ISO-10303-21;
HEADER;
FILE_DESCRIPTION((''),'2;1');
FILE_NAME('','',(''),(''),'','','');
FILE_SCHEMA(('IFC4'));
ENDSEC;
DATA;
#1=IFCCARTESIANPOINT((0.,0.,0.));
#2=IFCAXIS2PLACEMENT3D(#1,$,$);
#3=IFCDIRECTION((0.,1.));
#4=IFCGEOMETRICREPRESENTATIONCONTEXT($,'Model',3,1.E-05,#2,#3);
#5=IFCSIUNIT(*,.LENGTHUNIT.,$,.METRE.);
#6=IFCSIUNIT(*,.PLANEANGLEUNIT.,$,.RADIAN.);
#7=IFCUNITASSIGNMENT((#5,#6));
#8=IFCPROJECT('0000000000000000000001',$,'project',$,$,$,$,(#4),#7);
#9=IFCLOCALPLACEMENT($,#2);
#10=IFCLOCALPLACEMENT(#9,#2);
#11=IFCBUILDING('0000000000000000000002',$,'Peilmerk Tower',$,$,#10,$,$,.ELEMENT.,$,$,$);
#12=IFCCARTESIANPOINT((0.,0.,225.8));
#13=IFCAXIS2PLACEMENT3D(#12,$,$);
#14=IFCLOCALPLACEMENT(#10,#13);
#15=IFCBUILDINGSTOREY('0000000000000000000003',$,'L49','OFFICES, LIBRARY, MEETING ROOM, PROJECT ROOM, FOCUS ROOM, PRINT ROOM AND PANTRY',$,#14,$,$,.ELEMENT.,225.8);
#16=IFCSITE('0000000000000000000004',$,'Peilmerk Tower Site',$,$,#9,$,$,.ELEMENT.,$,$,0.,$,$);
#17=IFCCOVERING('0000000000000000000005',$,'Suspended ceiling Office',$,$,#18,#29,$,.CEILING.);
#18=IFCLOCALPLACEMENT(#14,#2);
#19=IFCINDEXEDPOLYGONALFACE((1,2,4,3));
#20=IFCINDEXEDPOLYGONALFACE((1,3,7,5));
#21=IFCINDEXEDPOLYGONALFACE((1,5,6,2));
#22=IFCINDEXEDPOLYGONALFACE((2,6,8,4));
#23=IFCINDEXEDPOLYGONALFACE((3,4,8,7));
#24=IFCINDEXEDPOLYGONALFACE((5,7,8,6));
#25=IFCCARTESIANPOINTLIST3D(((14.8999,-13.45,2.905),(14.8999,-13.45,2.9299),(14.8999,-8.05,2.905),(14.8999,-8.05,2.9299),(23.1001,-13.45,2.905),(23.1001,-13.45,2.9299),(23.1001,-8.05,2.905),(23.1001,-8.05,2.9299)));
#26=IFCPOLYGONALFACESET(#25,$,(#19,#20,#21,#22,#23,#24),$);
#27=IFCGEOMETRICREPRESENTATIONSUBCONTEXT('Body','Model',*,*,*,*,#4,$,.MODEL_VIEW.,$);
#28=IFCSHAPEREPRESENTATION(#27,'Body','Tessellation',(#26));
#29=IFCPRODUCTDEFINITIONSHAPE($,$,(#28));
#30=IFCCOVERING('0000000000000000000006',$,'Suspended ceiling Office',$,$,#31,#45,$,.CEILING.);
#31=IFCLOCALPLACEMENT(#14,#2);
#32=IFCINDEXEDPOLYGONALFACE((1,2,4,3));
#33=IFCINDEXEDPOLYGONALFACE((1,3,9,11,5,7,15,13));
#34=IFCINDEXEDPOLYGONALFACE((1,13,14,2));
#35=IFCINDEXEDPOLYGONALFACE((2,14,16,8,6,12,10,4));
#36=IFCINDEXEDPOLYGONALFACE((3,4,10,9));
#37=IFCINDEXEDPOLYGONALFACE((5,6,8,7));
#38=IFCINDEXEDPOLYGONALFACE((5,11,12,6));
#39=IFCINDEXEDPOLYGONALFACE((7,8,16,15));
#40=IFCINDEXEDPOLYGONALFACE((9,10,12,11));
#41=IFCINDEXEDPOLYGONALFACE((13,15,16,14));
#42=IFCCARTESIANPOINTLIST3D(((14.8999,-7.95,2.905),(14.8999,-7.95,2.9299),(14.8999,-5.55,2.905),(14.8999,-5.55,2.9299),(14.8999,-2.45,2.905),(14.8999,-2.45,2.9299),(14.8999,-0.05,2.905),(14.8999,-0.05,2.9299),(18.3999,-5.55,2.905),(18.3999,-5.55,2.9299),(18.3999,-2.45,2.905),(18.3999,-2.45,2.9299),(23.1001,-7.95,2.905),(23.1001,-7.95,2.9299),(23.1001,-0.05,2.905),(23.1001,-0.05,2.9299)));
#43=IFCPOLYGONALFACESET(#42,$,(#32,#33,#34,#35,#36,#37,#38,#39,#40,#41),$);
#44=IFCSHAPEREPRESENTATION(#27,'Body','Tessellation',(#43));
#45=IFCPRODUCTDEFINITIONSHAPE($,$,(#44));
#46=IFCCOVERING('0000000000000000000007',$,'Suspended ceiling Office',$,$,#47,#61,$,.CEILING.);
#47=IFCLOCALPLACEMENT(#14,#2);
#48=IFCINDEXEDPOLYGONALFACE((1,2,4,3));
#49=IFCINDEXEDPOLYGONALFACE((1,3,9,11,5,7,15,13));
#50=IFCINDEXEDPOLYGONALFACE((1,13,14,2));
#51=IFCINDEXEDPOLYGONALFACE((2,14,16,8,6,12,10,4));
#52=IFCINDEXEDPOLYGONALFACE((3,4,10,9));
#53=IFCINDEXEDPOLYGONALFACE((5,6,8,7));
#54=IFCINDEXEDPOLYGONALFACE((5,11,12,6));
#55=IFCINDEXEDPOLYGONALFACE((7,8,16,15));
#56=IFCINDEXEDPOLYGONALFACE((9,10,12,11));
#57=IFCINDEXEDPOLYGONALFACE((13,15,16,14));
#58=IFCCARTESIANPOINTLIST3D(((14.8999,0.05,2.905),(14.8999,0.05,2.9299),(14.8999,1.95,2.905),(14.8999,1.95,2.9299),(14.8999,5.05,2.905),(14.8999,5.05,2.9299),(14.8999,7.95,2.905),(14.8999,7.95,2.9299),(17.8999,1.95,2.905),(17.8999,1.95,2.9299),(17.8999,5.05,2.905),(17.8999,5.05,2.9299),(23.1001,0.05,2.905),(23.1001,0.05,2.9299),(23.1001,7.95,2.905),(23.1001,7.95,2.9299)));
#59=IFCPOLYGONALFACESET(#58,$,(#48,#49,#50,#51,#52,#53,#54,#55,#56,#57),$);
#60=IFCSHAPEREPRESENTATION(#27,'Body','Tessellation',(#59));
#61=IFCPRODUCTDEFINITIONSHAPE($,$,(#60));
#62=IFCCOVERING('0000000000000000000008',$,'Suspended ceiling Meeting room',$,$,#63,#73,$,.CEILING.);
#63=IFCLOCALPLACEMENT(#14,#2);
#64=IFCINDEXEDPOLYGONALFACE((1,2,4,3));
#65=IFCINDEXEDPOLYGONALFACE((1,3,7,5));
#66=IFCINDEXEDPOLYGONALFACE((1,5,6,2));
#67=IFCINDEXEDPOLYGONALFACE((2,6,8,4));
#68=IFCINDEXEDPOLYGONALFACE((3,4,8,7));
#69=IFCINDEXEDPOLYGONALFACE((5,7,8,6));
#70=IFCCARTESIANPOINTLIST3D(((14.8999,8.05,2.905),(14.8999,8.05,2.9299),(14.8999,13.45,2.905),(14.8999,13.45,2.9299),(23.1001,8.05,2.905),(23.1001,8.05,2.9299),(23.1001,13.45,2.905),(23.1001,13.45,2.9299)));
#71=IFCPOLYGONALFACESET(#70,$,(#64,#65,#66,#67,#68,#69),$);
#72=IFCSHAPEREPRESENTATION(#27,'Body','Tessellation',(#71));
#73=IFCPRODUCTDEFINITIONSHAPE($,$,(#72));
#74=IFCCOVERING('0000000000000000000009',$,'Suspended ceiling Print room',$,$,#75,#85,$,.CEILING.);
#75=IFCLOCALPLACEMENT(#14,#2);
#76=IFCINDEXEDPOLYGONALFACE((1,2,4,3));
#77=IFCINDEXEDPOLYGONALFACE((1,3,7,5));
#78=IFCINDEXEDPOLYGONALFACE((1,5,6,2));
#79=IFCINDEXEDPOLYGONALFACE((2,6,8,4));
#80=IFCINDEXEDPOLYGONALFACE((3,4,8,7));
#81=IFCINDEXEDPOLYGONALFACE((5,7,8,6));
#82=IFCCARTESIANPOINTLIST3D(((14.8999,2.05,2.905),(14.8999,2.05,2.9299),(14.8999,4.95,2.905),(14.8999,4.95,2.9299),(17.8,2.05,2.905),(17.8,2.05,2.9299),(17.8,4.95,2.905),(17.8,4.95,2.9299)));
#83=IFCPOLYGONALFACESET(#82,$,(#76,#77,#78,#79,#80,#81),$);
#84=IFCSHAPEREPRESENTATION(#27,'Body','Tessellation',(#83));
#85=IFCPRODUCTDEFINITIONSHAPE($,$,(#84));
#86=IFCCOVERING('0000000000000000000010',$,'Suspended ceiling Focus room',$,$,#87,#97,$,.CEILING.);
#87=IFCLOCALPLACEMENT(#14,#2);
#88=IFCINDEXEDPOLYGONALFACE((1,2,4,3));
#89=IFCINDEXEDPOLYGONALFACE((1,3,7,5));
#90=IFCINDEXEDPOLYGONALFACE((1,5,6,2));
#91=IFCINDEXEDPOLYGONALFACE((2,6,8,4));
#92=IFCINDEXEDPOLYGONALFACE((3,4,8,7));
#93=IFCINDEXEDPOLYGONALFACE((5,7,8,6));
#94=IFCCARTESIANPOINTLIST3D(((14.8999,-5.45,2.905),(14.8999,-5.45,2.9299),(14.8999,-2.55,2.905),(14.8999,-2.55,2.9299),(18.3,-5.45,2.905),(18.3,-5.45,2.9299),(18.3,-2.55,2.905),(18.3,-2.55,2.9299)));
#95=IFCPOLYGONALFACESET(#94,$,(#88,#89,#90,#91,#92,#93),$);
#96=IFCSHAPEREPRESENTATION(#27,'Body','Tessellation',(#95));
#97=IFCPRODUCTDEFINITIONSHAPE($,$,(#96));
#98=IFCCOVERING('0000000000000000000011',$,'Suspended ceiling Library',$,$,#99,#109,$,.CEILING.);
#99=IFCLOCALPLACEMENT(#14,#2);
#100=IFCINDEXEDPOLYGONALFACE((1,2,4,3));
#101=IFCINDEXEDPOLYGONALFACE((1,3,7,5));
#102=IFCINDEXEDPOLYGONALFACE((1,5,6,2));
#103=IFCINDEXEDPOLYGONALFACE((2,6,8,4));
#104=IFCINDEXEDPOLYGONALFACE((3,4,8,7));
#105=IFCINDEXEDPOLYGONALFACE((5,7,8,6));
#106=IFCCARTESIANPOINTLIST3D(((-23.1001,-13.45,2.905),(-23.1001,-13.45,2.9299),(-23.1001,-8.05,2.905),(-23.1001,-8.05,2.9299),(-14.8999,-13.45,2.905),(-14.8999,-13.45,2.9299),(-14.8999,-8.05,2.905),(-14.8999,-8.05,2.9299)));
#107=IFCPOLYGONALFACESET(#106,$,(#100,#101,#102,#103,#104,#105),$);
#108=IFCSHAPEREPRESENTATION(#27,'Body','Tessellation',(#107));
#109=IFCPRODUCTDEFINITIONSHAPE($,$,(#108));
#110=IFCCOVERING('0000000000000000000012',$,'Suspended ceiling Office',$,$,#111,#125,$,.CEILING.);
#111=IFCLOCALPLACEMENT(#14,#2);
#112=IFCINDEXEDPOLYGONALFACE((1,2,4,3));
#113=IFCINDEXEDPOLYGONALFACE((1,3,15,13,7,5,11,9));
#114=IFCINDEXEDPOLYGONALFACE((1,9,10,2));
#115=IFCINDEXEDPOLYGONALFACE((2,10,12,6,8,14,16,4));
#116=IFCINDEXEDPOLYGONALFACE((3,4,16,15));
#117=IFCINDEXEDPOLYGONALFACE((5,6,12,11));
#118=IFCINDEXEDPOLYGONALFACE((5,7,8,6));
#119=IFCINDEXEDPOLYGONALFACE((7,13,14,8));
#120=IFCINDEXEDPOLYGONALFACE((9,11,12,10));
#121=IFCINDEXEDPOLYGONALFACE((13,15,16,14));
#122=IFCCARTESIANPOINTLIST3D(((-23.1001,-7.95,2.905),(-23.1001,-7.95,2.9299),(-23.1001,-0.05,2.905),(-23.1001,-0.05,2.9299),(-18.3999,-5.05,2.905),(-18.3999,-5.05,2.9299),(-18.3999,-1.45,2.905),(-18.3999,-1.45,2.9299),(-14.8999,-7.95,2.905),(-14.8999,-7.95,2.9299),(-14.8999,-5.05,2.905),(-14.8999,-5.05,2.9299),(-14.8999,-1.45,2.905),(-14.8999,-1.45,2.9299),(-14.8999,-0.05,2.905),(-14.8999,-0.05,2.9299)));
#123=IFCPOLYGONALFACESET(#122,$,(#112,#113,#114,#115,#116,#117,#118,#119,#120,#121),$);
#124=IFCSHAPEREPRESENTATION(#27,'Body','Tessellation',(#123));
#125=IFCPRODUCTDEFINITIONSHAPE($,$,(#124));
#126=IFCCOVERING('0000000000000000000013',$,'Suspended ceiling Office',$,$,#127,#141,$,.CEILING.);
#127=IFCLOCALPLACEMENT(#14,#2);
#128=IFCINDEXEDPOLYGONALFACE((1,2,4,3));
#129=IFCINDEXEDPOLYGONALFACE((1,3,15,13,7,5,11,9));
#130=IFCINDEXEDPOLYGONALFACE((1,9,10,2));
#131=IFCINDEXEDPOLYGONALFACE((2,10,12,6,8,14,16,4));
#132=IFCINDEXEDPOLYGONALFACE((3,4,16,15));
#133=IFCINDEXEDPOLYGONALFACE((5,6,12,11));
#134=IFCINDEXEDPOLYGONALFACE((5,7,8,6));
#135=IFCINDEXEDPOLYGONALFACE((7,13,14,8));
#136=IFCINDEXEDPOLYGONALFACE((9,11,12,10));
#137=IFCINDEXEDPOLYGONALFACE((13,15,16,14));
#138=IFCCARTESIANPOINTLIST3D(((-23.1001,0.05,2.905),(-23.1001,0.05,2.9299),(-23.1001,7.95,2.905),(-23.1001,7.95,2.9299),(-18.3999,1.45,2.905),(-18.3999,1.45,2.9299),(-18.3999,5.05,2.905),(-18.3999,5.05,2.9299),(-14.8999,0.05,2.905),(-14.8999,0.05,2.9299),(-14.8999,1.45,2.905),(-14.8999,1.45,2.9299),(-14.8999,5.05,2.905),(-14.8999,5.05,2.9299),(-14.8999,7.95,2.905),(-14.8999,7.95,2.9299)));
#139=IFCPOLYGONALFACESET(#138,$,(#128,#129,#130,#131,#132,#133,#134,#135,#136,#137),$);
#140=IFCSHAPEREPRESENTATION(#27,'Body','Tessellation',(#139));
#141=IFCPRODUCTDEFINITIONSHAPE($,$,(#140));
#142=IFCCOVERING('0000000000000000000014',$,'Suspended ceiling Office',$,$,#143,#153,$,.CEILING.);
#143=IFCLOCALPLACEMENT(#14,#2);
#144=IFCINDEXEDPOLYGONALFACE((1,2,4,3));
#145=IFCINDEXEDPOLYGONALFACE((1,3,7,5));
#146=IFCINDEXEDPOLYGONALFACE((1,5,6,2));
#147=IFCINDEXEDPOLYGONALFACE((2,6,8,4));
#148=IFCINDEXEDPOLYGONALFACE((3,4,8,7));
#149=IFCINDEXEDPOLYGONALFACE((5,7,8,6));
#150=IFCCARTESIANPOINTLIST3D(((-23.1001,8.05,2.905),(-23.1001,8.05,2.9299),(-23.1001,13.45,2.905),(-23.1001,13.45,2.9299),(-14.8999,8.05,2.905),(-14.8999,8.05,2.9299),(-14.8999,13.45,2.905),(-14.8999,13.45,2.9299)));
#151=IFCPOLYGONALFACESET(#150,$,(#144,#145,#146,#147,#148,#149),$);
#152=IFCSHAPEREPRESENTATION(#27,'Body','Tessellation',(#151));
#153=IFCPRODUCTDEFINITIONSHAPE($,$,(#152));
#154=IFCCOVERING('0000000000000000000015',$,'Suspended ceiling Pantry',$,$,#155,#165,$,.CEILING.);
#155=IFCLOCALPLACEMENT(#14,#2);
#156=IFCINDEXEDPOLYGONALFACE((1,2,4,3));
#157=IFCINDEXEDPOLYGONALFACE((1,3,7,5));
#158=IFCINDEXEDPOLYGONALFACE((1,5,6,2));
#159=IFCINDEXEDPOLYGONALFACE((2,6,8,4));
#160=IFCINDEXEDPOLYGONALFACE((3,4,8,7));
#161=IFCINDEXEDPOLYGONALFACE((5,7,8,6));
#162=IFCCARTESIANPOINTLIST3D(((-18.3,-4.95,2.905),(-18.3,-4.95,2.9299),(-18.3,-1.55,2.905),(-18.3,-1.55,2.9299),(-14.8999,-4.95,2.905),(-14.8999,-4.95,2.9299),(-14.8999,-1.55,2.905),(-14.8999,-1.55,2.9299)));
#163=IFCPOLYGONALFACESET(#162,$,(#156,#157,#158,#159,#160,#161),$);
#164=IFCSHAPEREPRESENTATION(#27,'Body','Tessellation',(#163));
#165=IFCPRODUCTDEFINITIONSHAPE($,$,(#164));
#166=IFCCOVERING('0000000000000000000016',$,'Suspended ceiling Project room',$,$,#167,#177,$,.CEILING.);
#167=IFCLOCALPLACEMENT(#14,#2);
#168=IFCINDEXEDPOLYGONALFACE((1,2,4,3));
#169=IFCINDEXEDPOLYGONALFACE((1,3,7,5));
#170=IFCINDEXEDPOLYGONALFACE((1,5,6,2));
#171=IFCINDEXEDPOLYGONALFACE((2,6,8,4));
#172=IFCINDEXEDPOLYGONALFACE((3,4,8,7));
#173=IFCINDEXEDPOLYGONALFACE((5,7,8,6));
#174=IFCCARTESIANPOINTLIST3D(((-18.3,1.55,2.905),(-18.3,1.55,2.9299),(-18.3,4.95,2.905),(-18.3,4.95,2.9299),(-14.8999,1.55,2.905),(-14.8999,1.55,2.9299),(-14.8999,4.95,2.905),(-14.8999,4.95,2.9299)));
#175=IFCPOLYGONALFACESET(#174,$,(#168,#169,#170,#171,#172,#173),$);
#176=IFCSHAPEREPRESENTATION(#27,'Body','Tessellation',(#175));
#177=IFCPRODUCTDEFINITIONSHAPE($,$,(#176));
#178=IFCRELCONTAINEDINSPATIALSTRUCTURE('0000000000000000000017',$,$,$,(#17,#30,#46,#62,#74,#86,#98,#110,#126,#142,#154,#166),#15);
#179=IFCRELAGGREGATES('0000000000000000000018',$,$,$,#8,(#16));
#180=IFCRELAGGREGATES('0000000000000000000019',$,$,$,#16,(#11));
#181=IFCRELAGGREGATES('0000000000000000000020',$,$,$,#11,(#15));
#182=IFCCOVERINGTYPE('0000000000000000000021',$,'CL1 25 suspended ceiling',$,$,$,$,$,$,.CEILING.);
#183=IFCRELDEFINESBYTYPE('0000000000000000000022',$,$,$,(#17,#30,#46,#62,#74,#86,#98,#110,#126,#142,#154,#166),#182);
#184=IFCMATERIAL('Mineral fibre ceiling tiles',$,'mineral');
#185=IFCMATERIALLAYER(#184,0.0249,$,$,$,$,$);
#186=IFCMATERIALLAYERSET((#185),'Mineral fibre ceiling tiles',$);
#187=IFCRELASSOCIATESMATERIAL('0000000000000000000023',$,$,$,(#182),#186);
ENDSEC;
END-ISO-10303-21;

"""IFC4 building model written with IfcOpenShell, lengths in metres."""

from ifc_helpers import new_model, si_unit, direction, frame, origin, place, context, subcontext, project, spatial, polyline, outline, extrude, material, layer, layer_set, type_object, element, save


model = new_model("IFC4")

# Units and contexts
model_context = context("Model", 3, precision=1e-05, world=origin(), true_north=direction((0.0, 1.0)))
body_context = subcontext(model_context, "Body", "Model", "MODEL_VIEW")
ifc_project = project(units=[si_unit("LENGTHUNIT", "METRE"), si_unit("PLANEANGLEUNIT", "RADIAN")], contexts=[model_context])

# Site, building, storey
site_placement = place(None, origin())
site = spatial("IfcSite", under=ifc_project, at=site_placement, Name="Peilmerk Tower Site", CompositionType="ELEMENT", RefElevation=0.0)
building_placement = place(site_placement, origin())
building = spatial("IfcBuilding", under=site, at=building_placement, Name="Peilmerk Tower", CompositionType="ELEMENT")
storey_placement = place(building_placement, frame((0.0, 0.0, 225.8)))
storey = spatial("IfcBuildingStorey", under=building, at=storey_placement, Name="L49", Description="OFFICES, LIBRARY, MEETING ROOM, PROJECT ROOM, FOCUS ROOM, PRINT ROOM AND PANTRY", CompositionType="ELEMENT", Elevation=225.8)

# Coverings
ifc_material_1 = material(Name="Mineral fibre ceiling tiles", Category="mineral")
ifc_layer_1 = layer(ifc_material_1, 0.0249)
ifc_layer_set_1 = layer_set([ifc_layer_1], Name="Mineral fibre ceiling tiles")
covering_type = type_object("IfcCoveringType", Name="CL1 25 suspended ceiling", PredefinedType="CEILING", material=ifc_layer_set_1)
covering_1_placement = place(storey_placement, frame((0.0, 0.0, 2.905)))
element("IfcCovering", 1, at=covering_1_placement, inside=storey, type_object=covering_type, Name="Suspended ceiling Office", PredefinedType="CEILING", context=body_context, shape_type="SweptSolid", body=[
    extrude(outline(polyline([(23.1001, -13.45), (23.1001, -8.05), (14.8999, -8.05), (14.8999, -13.45), (23.1001, -13.45)])), origin(), (0.0, 0.0, 1.0), 0.0249),
])
covering_2_placement = place(storey_placement, frame((0.0, 0.0, 2.905)))
element("IfcCovering", 2, at=covering_2_placement, inside=storey, type_object=covering_type, Name="Suspended ceiling Office", PredefinedType="CEILING", context=body_context, shape_type="SweptSolid", body=[
    extrude(outline(polyline([(14.8999, -7.95), (23.1001, -7.95), (23.1001, -0.05), (14.8999, -0.05), (14.8999, -2.45), (18.3999, -2.45), (18.3999, -5.55), (14.8999, -5.55), (14.8999, -7.95)])), origin(), (0.0, 0.0, 1.0), 0.0249),
])
covering_3_placement = place(storey_placement, frame((0.0, 0.0, 2.905)))
element("IfcCovering", 3, at=covering_3_placement, inside=storey, type_object=covering_type, Name="Suspended ceiling Office", PredefinedType="CEILING", context=body_context, shape_type="SweptSolid", body=[
    extrude(outline(polyline([(14.8999, 0.05), (23.1001, 0.05), (23.1001, 7.95), (14.8999, 7.95), (14.8999, 5.05), (17.8999, 5.05), (17.8999, 1.95), (14.8999, 1.95), (14.8999, 0.05)])), origin(), (0.0, 0.0, 1.0), 0.0249),
])
covering_4_placement = place(storey_placement, frame((0.0, 0.0, 2.905)))
element("IfcCovering", 4, at=covering_4_placement, inside=storey, type_object=covering_type, Name="Suspended ceiling Meeting room", PredefinedType="CEILING", context=body_context, shape_type="SweptSolid", body=[
    extrude(outline(polyline([(23.1001, 8.05), (23.1001, 13.45), (14.8999, 13.45), (14.8999, 8.05), (23.1001, 8.05)])), origin(), (0.0, 0.0, 1.0), 0.0249),
])
covering_5_placement = place(storey_placement, frame((0.0, 0.0, 2.905)))
element("IfcCovering", 5, at=covering_5_placement, inside=storey, type_object=covering_type, Name="Suspended ceiling Print room", PredefinedType="CEILING", context=body_context, shape_type="SweptSolid", body=[
    extrude(outline(polyline([(17.8, 2.05), (17.8, 4.95), (14.8999, 4.95), (14.8999, 2.05), (17.8, 2.05)])), origin(), (0.0, 0.0, 1.0), 0.0249),
])
covering_6_placement = place(storey_placement, frame((0.0, 0.0, 2.905)))
element("IfcCovering", 6, at=covering_6_placement, inside=storey, type_object=covering_type, Name="Suspended ceiling Focus room", PredefinedType="CEILING", context=body_context, shape_type="SweptSolid", body=[
    extrude(outline(polyline([(18.3, -5.45), (18.3, -2.55), (14.8999, -2.55), (14.8999, -5.45), (18.3, -5.45)])), origin(), (0.0, 0.0, 1.0), 0.0249),
])
covering_7_placement = place(storey_placement, frame((0.0, 0.0, 2.905)))
element("IfcCovering", 7, at=covering_7_placement, inside=storey, type_object=covering_type, Name="Suspended ceiling Library", PredefinedType="CEILING", context=body_context, shape_type="SweptSolid", body=[
    extrude(outline(polyline([(-23.1001, -8.05), (-23.1001, -13.45), (-14.8999, -13.45), (-14.8999, -8.05), (-23.1001, -8.05)])), origin(), (0.0, 0.0, 1.0), 0.0249),
])
covering_8_placement = place(storey_placement, frame((0.0, 0.0, 2.905)))
element("IfcCovering", 8, at=covering_8_placement, inside=storey, type_object=covering_type, Name="Suspended ceiling Office", PredefinedType="CEILING", context=body_context, shape_type="SweptSolid", body=[
    extrude(outline(polyline([(-14.8999, -0.05), (-23.1001, -0.05), (-23.1001, -7.95), (-14.8999, -7.95), (-14.8999, -5.05), (-18.3999, -5.05), (-18.3999, -1.45), (-14.8999, -1.45), (-14.8999, -0.05)])), origin(), (0.0, 0.0, 1.0), 0.0249),
])
covering_9_placement = place(storey_placement, frame((0.0, 0.0, 2.905)))
element("IfcCovering", 9, at=covering_9_placement, inside=storey, type_object=covering_type, Name="Suspended ceiling Office", PredefinedType="CEILING", context=body_context, shape_type="SweptSolid", body=[
    extrude(outline(polyline([(-14.8999, 7.95), (-23.1001, 7.95), (-23.1001, 0.05), (-14.8999, 0.05), (-14.8999, 1.45), (-18.3999, 1.45), (-18.3999, 5.05), (-14.8999, 5.05), (-14.8999, 7.95)])), origin(), (0.0, 0.0, 1.0), 0.0249),
])
covering_10_placement = place(storey_placement, frame((0.0, 0.0, 2.905)))
element("IfcCovering", 10, at=covering_10_placement, inside=storey, type_object=covering_type, Name="Suspended ceiling Office", PredefinedType="CEILING", context=body_context, shape_type="SweptSolid", body=[
    extrude(outline(polyline([(-23.1001, 13.45), (-23.1001, 8.05), (-14.8999, 8.05), (-14.8999, 13.45), (-23.1001, 13.45)])), origin(), (0.0, 0.0, 1.0), 0.0249),
])
covering_11_placement = place(storey_placement, frame((0.0, 0.0, 2.905)))
element("IfcCovering", 11, at=covering_11_placement, inside=storey, type_object=covering_type, Name="Suspended ceiling Pantry", PredefinedType="CEILING", context=body_context, shape_type="SweptSolid", body=[
    extrude(outline(polyline([(-14.8999, -4.95), (-14.8999, -1.55), (-18.3, -1.55), (-18.3, -4.95), (-14.8999, -4.95)])), origin(), (0.0, 0.0, 1.0), 0.0249),
])
covering_12_placement = place(storey_placement, frame((0.0, 0.0, 2.905)))
element("IfcCovering", 12, at=covering_12_placement, inside=storey, type_object=covering_type, Name="Suspended ceiling Project room", PredefinedType="CEILING", context=body_context, shape_type="SweptSolid", body=[
    extrude(outline(polyline([(-14.8999, 1.55), (-14.8999, 4.95), (-18.3, 4.95), (-18.3, 1.55), (-14.8999, 1.55)])), origin(), (0.0, 0.0, 1.0), 0.0249),
])

save(model, "model.ifc")
